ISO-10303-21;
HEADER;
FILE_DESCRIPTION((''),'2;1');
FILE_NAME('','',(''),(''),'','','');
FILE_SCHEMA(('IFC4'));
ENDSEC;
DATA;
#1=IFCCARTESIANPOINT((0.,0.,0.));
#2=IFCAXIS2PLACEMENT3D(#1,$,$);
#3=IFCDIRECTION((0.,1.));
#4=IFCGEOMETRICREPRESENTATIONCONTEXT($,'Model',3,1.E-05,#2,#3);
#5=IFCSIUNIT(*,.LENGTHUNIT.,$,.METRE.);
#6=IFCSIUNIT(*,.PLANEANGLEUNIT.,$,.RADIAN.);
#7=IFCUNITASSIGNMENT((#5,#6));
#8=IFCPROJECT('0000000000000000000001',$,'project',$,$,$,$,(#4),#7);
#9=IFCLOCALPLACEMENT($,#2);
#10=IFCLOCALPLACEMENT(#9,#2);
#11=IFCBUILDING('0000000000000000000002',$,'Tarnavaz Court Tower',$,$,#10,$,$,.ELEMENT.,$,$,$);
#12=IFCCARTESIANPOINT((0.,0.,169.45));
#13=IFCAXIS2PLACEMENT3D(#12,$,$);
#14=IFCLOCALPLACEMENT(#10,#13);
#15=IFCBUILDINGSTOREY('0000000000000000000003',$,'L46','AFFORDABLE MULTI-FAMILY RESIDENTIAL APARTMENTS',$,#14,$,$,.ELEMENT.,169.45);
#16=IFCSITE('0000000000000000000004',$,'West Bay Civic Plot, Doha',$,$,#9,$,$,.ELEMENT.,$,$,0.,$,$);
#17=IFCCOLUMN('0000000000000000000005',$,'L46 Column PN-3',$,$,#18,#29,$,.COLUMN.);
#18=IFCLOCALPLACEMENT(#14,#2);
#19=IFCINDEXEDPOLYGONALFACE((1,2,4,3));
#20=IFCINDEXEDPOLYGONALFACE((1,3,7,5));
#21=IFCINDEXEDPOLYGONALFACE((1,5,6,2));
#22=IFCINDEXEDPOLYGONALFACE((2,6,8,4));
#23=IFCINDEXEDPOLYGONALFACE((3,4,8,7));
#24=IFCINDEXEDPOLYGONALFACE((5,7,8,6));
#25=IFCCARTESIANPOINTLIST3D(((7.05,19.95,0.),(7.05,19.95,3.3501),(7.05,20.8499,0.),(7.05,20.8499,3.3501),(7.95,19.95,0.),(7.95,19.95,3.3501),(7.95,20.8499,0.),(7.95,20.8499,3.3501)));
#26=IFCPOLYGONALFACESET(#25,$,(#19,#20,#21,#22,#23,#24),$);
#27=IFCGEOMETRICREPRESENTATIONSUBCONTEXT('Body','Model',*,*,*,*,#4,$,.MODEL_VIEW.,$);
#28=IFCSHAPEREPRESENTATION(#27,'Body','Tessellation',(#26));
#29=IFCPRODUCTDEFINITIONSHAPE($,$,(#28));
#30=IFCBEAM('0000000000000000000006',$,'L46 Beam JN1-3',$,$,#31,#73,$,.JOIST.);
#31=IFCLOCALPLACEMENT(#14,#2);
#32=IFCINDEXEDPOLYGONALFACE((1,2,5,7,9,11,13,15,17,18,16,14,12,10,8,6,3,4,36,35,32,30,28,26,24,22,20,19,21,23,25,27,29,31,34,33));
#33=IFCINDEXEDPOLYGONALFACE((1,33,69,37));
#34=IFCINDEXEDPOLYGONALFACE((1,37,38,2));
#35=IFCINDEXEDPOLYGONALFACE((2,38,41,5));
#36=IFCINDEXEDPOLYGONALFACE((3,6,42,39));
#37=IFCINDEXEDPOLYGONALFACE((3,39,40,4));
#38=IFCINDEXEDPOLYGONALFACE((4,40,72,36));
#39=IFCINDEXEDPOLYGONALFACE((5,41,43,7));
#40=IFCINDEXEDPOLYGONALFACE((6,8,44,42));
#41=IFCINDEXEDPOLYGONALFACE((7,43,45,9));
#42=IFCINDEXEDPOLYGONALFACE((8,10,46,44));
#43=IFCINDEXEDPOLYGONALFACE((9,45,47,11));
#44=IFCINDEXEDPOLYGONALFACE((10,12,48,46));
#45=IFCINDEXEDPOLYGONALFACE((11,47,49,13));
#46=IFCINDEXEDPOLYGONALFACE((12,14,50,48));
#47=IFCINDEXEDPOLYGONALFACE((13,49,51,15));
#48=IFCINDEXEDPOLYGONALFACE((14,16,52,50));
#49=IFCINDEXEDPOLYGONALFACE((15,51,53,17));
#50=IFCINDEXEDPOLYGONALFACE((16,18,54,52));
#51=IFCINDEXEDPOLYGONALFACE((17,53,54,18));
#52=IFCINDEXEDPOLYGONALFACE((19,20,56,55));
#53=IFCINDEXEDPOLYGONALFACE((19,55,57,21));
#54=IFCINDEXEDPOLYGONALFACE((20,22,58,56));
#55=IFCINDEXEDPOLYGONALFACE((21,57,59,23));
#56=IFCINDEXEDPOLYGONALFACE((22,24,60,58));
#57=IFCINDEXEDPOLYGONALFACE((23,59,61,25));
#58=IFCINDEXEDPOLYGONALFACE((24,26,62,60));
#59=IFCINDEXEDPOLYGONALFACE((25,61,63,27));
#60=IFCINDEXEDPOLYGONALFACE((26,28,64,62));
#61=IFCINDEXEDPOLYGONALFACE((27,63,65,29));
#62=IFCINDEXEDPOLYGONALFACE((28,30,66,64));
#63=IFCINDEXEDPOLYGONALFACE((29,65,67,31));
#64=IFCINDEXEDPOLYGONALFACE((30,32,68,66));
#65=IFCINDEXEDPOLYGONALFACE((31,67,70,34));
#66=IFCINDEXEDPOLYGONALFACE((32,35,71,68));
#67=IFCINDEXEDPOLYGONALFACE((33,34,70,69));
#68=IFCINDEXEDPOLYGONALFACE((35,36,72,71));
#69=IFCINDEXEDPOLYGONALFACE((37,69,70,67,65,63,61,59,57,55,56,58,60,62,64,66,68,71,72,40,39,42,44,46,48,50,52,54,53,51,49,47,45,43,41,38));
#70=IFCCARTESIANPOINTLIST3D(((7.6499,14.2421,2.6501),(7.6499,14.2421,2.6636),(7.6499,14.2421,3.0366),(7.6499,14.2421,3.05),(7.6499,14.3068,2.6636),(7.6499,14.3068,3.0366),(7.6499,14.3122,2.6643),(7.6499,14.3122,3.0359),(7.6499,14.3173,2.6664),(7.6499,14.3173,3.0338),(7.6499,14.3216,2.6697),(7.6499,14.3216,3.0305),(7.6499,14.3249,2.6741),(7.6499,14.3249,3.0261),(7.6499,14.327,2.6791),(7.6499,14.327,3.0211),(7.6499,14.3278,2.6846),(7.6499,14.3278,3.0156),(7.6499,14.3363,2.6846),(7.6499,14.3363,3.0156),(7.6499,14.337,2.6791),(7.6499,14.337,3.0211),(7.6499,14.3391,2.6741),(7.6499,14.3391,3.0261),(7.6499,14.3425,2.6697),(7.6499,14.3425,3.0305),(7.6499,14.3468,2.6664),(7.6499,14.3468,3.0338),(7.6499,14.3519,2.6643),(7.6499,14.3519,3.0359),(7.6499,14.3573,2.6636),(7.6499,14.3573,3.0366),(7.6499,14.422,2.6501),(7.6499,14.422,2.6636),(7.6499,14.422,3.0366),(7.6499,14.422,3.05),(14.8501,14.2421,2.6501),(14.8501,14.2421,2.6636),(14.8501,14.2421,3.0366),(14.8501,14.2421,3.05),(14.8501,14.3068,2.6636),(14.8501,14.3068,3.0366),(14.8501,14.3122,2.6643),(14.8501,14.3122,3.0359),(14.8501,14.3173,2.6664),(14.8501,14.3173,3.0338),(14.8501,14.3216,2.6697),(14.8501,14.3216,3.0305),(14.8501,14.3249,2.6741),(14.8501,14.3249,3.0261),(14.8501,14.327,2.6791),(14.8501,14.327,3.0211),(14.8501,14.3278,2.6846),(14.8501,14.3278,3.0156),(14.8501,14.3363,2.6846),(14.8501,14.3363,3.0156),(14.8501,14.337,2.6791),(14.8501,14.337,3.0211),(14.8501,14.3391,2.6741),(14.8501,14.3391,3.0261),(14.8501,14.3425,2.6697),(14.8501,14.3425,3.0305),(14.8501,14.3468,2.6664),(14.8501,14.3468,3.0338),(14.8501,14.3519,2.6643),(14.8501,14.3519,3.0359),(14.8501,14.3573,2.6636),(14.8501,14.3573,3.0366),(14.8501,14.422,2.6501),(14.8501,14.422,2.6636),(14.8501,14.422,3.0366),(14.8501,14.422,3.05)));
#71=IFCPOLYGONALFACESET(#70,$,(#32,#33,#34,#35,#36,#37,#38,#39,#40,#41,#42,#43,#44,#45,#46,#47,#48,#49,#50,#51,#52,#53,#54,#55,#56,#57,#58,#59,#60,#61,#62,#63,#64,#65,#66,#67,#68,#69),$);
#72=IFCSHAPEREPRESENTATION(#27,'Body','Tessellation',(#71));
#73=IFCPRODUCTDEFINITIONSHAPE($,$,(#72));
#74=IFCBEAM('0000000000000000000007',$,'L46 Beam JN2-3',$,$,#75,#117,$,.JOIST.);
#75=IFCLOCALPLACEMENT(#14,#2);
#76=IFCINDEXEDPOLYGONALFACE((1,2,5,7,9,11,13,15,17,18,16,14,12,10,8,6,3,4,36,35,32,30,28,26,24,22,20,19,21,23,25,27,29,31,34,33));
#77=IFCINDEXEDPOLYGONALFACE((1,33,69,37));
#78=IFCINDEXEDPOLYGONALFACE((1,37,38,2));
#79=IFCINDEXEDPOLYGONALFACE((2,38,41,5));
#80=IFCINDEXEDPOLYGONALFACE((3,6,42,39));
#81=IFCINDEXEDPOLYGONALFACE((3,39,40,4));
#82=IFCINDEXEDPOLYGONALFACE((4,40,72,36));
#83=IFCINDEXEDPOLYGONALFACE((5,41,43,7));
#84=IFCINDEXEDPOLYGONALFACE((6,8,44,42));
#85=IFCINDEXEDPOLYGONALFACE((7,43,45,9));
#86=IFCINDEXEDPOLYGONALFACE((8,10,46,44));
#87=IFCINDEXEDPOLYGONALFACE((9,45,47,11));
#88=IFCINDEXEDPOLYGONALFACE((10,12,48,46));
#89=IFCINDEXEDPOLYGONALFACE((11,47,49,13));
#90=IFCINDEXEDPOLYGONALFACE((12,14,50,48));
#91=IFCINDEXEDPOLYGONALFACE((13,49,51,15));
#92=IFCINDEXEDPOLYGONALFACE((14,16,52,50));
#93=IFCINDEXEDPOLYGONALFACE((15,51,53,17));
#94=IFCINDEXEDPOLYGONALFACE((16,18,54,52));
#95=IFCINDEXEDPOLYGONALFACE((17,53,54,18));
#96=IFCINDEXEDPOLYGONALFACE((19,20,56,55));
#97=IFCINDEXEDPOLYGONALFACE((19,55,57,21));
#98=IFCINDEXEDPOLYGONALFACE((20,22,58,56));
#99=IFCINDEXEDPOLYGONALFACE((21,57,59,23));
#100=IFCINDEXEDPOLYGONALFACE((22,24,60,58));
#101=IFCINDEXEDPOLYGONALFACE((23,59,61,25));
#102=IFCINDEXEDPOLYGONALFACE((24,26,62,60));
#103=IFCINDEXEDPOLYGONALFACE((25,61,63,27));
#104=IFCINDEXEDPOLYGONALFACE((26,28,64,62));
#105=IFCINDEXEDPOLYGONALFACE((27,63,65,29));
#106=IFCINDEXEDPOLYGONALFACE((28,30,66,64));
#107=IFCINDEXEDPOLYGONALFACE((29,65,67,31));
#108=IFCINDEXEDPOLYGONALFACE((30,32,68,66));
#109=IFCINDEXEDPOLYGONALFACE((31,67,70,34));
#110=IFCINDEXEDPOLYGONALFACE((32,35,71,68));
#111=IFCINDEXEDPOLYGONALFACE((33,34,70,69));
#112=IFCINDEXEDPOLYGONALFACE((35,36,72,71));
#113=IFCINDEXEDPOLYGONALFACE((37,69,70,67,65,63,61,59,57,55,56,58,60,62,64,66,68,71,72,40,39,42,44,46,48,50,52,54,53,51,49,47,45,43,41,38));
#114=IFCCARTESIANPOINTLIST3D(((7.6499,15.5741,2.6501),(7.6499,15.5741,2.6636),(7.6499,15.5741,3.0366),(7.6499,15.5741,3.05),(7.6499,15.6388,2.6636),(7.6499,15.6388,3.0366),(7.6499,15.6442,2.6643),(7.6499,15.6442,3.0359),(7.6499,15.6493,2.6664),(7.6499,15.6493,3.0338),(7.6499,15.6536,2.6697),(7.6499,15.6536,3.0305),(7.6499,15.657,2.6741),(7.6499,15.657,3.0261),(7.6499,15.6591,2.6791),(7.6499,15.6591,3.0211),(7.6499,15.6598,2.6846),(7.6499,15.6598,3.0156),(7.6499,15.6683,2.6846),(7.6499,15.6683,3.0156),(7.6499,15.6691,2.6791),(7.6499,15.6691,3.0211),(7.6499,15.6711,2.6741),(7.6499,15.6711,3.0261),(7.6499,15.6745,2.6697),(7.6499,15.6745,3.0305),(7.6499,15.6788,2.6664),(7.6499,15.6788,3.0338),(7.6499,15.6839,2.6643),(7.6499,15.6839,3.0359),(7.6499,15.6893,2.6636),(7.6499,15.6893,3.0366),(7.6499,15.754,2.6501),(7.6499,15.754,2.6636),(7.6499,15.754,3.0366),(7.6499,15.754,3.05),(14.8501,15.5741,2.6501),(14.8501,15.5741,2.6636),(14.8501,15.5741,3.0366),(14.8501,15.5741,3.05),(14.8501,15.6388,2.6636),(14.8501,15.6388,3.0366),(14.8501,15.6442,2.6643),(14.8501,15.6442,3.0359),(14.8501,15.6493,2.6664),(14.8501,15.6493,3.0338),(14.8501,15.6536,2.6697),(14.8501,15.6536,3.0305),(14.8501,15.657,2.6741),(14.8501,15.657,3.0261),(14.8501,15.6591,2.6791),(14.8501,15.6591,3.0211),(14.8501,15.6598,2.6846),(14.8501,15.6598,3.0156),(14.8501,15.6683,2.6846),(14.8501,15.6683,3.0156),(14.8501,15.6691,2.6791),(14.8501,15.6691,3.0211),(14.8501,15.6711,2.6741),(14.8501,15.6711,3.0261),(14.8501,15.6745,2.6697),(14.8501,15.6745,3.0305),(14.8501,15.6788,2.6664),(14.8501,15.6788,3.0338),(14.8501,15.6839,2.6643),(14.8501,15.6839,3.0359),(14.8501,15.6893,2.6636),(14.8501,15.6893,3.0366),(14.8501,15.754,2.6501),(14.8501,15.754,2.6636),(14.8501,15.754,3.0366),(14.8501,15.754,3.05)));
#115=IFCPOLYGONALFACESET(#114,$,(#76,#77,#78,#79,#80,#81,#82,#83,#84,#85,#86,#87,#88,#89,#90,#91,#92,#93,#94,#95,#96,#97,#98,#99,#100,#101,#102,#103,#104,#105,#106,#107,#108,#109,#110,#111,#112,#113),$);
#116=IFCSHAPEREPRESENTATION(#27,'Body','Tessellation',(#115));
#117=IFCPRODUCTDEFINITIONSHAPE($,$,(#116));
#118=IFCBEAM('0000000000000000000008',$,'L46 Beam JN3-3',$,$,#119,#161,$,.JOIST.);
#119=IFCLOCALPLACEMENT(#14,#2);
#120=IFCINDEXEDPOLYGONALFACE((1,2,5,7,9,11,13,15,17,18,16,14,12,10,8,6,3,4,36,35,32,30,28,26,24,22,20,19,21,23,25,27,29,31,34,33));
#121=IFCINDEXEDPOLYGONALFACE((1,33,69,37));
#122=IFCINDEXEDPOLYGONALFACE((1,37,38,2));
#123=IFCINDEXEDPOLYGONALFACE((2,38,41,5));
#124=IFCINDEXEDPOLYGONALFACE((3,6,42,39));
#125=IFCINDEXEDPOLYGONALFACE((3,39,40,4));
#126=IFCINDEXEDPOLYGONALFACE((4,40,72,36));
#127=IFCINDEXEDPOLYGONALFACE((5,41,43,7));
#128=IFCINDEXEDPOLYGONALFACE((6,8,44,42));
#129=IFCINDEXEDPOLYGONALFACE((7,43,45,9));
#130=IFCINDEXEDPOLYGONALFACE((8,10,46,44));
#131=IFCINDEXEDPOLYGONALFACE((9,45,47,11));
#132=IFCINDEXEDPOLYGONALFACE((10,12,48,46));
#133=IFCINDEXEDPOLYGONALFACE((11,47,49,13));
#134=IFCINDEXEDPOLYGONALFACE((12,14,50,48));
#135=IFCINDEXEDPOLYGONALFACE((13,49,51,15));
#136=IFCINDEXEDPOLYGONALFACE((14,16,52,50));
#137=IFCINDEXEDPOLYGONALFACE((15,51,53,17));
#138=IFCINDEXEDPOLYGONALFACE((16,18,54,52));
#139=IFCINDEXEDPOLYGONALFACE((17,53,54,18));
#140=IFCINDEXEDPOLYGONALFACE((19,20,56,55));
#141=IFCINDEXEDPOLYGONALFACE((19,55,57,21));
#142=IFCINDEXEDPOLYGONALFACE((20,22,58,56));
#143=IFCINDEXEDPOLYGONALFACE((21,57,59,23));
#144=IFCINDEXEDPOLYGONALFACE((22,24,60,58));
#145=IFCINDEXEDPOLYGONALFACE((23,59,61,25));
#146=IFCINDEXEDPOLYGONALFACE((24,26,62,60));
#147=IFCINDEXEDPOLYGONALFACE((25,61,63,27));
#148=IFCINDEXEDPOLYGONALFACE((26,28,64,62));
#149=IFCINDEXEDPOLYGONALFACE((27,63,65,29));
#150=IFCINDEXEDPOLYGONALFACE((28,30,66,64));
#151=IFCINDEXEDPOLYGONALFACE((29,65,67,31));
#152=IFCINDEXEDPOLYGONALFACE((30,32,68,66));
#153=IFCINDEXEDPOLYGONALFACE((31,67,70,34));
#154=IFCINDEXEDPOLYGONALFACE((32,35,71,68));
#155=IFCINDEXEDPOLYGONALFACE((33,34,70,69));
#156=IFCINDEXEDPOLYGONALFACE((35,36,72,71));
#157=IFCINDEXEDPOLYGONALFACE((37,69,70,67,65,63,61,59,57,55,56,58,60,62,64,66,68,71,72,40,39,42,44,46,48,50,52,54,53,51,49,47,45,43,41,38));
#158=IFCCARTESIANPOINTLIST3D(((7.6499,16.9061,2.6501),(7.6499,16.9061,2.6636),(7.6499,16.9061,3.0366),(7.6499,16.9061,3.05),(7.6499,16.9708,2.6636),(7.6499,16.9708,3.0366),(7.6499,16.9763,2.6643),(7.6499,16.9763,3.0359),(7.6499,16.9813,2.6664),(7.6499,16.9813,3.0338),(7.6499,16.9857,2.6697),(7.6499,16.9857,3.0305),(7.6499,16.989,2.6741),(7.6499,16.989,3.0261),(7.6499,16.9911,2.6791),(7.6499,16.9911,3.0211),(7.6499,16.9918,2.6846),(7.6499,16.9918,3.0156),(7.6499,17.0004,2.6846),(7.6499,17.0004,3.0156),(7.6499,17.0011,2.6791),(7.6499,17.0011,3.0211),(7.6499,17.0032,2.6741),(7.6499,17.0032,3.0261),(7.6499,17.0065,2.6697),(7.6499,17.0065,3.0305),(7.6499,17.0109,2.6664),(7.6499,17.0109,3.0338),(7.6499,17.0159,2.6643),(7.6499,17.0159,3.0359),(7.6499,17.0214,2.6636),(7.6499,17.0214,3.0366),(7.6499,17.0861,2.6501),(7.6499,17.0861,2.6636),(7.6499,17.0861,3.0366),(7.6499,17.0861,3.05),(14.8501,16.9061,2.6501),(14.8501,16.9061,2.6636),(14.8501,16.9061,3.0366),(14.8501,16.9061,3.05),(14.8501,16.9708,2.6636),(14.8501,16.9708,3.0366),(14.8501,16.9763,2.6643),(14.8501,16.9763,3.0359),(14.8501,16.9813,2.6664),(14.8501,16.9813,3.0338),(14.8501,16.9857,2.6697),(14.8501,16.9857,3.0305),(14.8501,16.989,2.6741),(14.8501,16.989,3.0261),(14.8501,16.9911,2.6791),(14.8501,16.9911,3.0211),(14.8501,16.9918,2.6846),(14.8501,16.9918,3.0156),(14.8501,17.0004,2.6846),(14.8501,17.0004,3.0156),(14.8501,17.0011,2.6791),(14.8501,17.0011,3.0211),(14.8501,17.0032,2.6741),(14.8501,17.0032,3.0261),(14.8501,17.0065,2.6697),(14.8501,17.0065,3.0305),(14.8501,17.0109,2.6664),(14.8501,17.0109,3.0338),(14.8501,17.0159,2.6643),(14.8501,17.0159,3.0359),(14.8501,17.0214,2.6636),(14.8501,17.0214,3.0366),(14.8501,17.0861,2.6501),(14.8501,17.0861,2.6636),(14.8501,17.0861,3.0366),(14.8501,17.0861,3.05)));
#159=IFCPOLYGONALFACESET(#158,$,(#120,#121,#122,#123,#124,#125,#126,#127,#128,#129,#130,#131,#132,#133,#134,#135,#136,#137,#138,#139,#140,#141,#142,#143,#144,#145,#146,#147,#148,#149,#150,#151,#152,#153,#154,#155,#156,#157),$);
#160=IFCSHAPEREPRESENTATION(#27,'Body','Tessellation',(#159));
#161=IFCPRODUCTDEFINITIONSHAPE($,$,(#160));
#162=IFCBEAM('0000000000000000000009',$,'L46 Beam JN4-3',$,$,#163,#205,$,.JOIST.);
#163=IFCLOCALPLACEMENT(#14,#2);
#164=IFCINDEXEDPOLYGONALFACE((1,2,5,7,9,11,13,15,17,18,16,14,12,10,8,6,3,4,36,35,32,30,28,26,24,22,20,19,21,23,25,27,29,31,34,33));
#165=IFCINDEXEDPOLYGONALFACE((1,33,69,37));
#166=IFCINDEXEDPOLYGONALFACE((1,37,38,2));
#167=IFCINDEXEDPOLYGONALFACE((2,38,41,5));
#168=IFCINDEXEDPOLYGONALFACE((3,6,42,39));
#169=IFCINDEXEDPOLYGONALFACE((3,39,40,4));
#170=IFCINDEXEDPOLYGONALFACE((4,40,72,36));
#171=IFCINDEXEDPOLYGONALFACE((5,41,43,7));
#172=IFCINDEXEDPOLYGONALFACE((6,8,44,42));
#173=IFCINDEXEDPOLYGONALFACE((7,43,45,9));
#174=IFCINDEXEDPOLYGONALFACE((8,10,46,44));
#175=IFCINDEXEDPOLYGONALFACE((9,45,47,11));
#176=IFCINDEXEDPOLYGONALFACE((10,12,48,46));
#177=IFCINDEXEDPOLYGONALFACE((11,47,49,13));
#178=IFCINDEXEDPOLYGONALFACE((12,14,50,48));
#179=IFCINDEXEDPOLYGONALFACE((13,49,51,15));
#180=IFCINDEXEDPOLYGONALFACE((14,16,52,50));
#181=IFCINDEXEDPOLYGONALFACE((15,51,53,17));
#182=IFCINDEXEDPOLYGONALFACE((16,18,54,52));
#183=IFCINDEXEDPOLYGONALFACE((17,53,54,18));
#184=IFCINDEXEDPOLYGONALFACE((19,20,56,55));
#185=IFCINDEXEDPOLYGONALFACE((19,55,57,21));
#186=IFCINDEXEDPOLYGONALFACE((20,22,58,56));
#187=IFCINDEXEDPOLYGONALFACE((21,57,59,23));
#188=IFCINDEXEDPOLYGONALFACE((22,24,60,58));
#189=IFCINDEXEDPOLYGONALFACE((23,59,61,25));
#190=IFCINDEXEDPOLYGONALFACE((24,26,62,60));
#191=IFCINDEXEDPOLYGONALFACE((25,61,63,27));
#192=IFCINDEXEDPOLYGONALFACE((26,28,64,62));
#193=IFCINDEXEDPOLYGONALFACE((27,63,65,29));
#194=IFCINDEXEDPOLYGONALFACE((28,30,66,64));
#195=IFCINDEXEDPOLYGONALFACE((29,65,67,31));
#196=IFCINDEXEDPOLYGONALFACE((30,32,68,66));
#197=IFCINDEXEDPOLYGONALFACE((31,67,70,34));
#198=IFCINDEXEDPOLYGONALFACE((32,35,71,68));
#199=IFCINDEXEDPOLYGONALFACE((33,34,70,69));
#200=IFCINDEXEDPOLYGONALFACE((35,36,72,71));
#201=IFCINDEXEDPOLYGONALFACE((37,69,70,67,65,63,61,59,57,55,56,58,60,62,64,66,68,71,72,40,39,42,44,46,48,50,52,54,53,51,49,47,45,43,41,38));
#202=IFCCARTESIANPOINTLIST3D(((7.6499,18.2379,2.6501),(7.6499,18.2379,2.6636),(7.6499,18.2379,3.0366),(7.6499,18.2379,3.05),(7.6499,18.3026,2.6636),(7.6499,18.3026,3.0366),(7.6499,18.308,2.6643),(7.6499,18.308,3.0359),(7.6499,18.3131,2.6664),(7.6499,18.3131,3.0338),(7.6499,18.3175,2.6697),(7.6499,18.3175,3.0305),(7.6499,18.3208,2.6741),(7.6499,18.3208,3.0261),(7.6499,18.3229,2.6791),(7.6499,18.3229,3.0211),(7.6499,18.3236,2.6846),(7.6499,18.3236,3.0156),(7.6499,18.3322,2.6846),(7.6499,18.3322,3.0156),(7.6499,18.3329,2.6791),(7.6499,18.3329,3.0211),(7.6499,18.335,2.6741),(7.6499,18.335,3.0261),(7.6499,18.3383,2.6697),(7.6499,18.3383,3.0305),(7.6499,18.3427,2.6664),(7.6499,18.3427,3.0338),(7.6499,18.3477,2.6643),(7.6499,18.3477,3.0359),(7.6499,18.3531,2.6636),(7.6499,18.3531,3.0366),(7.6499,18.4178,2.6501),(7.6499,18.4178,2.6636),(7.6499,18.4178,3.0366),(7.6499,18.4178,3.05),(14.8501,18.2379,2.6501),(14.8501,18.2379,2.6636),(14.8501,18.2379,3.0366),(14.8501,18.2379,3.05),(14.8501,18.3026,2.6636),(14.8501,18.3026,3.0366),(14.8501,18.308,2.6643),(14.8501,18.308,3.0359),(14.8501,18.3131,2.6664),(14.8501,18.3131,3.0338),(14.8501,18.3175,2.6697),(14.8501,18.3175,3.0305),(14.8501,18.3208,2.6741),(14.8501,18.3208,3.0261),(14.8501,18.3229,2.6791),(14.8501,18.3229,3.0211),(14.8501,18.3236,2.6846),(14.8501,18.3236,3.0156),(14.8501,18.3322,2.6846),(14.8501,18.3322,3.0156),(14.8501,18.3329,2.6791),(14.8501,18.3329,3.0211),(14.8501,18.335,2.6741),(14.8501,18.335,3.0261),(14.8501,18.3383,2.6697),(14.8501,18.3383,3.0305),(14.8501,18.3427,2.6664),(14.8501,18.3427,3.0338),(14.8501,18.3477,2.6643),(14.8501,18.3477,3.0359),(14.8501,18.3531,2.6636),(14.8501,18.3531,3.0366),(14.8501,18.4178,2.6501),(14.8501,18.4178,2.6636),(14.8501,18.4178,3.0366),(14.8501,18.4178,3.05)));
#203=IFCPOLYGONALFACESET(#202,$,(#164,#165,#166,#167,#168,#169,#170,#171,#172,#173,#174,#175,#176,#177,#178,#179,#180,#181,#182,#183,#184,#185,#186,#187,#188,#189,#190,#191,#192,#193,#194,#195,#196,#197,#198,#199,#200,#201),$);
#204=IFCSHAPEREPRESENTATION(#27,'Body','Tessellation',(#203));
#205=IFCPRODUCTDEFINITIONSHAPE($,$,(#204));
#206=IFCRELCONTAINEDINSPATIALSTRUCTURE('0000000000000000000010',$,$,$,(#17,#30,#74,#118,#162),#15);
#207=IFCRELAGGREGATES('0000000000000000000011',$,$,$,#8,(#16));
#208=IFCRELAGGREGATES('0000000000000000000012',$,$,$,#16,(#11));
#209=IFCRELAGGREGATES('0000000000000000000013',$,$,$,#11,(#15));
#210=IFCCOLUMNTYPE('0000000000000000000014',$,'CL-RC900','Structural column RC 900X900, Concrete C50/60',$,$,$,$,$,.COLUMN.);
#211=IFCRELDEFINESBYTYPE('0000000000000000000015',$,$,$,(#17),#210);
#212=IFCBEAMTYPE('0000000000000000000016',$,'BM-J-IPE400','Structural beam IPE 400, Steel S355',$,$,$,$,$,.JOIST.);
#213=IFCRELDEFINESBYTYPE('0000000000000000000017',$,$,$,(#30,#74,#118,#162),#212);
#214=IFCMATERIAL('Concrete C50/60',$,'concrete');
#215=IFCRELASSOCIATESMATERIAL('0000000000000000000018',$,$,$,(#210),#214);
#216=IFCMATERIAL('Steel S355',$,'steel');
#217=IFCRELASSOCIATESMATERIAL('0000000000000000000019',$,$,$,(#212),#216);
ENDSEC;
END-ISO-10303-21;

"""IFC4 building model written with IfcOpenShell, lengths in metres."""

from ifc_helpers import new_model, si_unit, direction, frame, origin, origin_2d, place, context, subcontext, project, spatial, rectangle, i_section, extrude, material, material_profile, profile_set, type_object, element, save


model = new_model("IFC4")

# Units and contexts
model_context = context("Model", 3, precision=1e-05, world=origin(), true_north=direction((0.0, 1.0)))
body_context = subcontext(model_context, "Body", "Model", "MODEL_VIEW")
ifc_project = project(units=[si_unit("LENGTHUNIT", "METRE"), si_unit("PLANEANGLEUNIT", "RADIAN")], contexts=[model_context])

# Site, building, storey
site_placement = place(None, origin())
site = spatial("IfcSite", under=ifc_project, at=site_placement, Name="West Bay Civic Plot, Doha", CompositionType="ELEMENT", RefElevation=0.0)
building_placement = place(site_placement, origin())
building = spatial("IfcBuilding", under=site, at=building_placement, Name="Tarnavaz Court Tower", CompositionType="ELEMENT")
storey_placement = place(building_placement, frame((0.0, 0.0, 169.45)))
storey = spatial("IfcBuildingStorey", under=building, at=storey_placement, Name="L46", Description="AFFORDABLE MULTI-FAMILY RESIDENTIAL APARTMENTS", CompositionType="ELEMENT", Elevation=169.45)

# Column
ifc_material_1 = material(Name="Concrete C50/60", Category="concrete")
ifc_material_profile_1 = material_profile(ifc_material_1, rectangle(XDim=0.8999, YDim=0.8999, at=origin_2d()), Name="RC 900X900")
ifc_profile_set_1 = profile_set([ifc_material_profile_1], Name="Concrete C50/60")
column_type = type_object("IfcColumnType", Name="CL-RC900", Description="Structural column RC 900X900, Concrete C50/60", PredefinedType="COLUMN", material=ifc_profile_set_1)
column_placement = place(storey_placement, frame((7.5, 20.3999, 0.0), z_axis=(0.0, 0.0, 1.0), x_axis=(1.0, 0.0, 0.0)))
element("IfcColumn", 1, at=column_placement, inside=storey, type_object=column_type, Name="L46 Column PN-3", PredefinedType="COLUMN", context=body_context, shape_type="SweptSolid", body=[
    extrude(rectangle(XDim=0.8999, YDim=0.8999, at=origin_2d()), origin(), (0.0, 0.0, 1.0), 3.3501),
])

# Beams
ifc_material_2 = material(Name="Steel S355", Category="steel")
ifc_material_profile_2 = material_profile(ifc_material_2, i_section(OverallWidth=0.1799, OverallDepth=0.3999, WebThickness=0.0085, FlangeThickness=0.0134, FilletRadius=0.021, at=origin_2d()), Name="IPE 400")
ifc_profile_set_2 = profile_set([ifc_material_profile_2], Name="Steel S355")
beam_type_1 = type_object("IfcBeamType", Name="BM-J-IPE400", Description="Structural beam IPE 400, Steel S355", PredefinedType="JOIST", material=ifc_profile_set_2)
for number, where, z_axis, x_axis, name in (
    (2, (7.6499, 14.332, 2.8501), (1.0, 0.0, 0.0), (0.0, 1.0, 0.0), "L46 Beam JN1-3"),
    (3, (7.6499, 15.6641, 2.8501), (1.0, 0.0, 0.0), (0.0, 1.0, 0.0), "L46 Beam JN2-3"),
    (4, (7.6499, 16.9961, 2.8501), (1.0, 0.0, 0.0), (0.0, 1.0, 0.0), "L46 Beam JN3-3"),
    (5, (7.6499, 18.3279, 2.8501), (1.0, 0.0, 0.0), (0.0, 1.0, 0.0), "L46 Beam JN4-3"),
):
    element("IfcBeam", number, at=place(storey_placement, frame(where, z_axis=z_axis, x_axis=x_axis)), inside=storey, type_object=beam_type_1, Name=name, PredefinedType="JOIST", context=body_context, shape_type="SweptSolid", body=[
        extrude(i_section(OverallWidth=0.1799, OverallDepth=0.3999, WebThickness=0.0085, FlangeThickness=0.0134, FilletRadius=0.021, at=origin_2d()), origin(), (0.0, 0.0, 1.0), 7.2002),
    ])

save(model, "model.ifc")
